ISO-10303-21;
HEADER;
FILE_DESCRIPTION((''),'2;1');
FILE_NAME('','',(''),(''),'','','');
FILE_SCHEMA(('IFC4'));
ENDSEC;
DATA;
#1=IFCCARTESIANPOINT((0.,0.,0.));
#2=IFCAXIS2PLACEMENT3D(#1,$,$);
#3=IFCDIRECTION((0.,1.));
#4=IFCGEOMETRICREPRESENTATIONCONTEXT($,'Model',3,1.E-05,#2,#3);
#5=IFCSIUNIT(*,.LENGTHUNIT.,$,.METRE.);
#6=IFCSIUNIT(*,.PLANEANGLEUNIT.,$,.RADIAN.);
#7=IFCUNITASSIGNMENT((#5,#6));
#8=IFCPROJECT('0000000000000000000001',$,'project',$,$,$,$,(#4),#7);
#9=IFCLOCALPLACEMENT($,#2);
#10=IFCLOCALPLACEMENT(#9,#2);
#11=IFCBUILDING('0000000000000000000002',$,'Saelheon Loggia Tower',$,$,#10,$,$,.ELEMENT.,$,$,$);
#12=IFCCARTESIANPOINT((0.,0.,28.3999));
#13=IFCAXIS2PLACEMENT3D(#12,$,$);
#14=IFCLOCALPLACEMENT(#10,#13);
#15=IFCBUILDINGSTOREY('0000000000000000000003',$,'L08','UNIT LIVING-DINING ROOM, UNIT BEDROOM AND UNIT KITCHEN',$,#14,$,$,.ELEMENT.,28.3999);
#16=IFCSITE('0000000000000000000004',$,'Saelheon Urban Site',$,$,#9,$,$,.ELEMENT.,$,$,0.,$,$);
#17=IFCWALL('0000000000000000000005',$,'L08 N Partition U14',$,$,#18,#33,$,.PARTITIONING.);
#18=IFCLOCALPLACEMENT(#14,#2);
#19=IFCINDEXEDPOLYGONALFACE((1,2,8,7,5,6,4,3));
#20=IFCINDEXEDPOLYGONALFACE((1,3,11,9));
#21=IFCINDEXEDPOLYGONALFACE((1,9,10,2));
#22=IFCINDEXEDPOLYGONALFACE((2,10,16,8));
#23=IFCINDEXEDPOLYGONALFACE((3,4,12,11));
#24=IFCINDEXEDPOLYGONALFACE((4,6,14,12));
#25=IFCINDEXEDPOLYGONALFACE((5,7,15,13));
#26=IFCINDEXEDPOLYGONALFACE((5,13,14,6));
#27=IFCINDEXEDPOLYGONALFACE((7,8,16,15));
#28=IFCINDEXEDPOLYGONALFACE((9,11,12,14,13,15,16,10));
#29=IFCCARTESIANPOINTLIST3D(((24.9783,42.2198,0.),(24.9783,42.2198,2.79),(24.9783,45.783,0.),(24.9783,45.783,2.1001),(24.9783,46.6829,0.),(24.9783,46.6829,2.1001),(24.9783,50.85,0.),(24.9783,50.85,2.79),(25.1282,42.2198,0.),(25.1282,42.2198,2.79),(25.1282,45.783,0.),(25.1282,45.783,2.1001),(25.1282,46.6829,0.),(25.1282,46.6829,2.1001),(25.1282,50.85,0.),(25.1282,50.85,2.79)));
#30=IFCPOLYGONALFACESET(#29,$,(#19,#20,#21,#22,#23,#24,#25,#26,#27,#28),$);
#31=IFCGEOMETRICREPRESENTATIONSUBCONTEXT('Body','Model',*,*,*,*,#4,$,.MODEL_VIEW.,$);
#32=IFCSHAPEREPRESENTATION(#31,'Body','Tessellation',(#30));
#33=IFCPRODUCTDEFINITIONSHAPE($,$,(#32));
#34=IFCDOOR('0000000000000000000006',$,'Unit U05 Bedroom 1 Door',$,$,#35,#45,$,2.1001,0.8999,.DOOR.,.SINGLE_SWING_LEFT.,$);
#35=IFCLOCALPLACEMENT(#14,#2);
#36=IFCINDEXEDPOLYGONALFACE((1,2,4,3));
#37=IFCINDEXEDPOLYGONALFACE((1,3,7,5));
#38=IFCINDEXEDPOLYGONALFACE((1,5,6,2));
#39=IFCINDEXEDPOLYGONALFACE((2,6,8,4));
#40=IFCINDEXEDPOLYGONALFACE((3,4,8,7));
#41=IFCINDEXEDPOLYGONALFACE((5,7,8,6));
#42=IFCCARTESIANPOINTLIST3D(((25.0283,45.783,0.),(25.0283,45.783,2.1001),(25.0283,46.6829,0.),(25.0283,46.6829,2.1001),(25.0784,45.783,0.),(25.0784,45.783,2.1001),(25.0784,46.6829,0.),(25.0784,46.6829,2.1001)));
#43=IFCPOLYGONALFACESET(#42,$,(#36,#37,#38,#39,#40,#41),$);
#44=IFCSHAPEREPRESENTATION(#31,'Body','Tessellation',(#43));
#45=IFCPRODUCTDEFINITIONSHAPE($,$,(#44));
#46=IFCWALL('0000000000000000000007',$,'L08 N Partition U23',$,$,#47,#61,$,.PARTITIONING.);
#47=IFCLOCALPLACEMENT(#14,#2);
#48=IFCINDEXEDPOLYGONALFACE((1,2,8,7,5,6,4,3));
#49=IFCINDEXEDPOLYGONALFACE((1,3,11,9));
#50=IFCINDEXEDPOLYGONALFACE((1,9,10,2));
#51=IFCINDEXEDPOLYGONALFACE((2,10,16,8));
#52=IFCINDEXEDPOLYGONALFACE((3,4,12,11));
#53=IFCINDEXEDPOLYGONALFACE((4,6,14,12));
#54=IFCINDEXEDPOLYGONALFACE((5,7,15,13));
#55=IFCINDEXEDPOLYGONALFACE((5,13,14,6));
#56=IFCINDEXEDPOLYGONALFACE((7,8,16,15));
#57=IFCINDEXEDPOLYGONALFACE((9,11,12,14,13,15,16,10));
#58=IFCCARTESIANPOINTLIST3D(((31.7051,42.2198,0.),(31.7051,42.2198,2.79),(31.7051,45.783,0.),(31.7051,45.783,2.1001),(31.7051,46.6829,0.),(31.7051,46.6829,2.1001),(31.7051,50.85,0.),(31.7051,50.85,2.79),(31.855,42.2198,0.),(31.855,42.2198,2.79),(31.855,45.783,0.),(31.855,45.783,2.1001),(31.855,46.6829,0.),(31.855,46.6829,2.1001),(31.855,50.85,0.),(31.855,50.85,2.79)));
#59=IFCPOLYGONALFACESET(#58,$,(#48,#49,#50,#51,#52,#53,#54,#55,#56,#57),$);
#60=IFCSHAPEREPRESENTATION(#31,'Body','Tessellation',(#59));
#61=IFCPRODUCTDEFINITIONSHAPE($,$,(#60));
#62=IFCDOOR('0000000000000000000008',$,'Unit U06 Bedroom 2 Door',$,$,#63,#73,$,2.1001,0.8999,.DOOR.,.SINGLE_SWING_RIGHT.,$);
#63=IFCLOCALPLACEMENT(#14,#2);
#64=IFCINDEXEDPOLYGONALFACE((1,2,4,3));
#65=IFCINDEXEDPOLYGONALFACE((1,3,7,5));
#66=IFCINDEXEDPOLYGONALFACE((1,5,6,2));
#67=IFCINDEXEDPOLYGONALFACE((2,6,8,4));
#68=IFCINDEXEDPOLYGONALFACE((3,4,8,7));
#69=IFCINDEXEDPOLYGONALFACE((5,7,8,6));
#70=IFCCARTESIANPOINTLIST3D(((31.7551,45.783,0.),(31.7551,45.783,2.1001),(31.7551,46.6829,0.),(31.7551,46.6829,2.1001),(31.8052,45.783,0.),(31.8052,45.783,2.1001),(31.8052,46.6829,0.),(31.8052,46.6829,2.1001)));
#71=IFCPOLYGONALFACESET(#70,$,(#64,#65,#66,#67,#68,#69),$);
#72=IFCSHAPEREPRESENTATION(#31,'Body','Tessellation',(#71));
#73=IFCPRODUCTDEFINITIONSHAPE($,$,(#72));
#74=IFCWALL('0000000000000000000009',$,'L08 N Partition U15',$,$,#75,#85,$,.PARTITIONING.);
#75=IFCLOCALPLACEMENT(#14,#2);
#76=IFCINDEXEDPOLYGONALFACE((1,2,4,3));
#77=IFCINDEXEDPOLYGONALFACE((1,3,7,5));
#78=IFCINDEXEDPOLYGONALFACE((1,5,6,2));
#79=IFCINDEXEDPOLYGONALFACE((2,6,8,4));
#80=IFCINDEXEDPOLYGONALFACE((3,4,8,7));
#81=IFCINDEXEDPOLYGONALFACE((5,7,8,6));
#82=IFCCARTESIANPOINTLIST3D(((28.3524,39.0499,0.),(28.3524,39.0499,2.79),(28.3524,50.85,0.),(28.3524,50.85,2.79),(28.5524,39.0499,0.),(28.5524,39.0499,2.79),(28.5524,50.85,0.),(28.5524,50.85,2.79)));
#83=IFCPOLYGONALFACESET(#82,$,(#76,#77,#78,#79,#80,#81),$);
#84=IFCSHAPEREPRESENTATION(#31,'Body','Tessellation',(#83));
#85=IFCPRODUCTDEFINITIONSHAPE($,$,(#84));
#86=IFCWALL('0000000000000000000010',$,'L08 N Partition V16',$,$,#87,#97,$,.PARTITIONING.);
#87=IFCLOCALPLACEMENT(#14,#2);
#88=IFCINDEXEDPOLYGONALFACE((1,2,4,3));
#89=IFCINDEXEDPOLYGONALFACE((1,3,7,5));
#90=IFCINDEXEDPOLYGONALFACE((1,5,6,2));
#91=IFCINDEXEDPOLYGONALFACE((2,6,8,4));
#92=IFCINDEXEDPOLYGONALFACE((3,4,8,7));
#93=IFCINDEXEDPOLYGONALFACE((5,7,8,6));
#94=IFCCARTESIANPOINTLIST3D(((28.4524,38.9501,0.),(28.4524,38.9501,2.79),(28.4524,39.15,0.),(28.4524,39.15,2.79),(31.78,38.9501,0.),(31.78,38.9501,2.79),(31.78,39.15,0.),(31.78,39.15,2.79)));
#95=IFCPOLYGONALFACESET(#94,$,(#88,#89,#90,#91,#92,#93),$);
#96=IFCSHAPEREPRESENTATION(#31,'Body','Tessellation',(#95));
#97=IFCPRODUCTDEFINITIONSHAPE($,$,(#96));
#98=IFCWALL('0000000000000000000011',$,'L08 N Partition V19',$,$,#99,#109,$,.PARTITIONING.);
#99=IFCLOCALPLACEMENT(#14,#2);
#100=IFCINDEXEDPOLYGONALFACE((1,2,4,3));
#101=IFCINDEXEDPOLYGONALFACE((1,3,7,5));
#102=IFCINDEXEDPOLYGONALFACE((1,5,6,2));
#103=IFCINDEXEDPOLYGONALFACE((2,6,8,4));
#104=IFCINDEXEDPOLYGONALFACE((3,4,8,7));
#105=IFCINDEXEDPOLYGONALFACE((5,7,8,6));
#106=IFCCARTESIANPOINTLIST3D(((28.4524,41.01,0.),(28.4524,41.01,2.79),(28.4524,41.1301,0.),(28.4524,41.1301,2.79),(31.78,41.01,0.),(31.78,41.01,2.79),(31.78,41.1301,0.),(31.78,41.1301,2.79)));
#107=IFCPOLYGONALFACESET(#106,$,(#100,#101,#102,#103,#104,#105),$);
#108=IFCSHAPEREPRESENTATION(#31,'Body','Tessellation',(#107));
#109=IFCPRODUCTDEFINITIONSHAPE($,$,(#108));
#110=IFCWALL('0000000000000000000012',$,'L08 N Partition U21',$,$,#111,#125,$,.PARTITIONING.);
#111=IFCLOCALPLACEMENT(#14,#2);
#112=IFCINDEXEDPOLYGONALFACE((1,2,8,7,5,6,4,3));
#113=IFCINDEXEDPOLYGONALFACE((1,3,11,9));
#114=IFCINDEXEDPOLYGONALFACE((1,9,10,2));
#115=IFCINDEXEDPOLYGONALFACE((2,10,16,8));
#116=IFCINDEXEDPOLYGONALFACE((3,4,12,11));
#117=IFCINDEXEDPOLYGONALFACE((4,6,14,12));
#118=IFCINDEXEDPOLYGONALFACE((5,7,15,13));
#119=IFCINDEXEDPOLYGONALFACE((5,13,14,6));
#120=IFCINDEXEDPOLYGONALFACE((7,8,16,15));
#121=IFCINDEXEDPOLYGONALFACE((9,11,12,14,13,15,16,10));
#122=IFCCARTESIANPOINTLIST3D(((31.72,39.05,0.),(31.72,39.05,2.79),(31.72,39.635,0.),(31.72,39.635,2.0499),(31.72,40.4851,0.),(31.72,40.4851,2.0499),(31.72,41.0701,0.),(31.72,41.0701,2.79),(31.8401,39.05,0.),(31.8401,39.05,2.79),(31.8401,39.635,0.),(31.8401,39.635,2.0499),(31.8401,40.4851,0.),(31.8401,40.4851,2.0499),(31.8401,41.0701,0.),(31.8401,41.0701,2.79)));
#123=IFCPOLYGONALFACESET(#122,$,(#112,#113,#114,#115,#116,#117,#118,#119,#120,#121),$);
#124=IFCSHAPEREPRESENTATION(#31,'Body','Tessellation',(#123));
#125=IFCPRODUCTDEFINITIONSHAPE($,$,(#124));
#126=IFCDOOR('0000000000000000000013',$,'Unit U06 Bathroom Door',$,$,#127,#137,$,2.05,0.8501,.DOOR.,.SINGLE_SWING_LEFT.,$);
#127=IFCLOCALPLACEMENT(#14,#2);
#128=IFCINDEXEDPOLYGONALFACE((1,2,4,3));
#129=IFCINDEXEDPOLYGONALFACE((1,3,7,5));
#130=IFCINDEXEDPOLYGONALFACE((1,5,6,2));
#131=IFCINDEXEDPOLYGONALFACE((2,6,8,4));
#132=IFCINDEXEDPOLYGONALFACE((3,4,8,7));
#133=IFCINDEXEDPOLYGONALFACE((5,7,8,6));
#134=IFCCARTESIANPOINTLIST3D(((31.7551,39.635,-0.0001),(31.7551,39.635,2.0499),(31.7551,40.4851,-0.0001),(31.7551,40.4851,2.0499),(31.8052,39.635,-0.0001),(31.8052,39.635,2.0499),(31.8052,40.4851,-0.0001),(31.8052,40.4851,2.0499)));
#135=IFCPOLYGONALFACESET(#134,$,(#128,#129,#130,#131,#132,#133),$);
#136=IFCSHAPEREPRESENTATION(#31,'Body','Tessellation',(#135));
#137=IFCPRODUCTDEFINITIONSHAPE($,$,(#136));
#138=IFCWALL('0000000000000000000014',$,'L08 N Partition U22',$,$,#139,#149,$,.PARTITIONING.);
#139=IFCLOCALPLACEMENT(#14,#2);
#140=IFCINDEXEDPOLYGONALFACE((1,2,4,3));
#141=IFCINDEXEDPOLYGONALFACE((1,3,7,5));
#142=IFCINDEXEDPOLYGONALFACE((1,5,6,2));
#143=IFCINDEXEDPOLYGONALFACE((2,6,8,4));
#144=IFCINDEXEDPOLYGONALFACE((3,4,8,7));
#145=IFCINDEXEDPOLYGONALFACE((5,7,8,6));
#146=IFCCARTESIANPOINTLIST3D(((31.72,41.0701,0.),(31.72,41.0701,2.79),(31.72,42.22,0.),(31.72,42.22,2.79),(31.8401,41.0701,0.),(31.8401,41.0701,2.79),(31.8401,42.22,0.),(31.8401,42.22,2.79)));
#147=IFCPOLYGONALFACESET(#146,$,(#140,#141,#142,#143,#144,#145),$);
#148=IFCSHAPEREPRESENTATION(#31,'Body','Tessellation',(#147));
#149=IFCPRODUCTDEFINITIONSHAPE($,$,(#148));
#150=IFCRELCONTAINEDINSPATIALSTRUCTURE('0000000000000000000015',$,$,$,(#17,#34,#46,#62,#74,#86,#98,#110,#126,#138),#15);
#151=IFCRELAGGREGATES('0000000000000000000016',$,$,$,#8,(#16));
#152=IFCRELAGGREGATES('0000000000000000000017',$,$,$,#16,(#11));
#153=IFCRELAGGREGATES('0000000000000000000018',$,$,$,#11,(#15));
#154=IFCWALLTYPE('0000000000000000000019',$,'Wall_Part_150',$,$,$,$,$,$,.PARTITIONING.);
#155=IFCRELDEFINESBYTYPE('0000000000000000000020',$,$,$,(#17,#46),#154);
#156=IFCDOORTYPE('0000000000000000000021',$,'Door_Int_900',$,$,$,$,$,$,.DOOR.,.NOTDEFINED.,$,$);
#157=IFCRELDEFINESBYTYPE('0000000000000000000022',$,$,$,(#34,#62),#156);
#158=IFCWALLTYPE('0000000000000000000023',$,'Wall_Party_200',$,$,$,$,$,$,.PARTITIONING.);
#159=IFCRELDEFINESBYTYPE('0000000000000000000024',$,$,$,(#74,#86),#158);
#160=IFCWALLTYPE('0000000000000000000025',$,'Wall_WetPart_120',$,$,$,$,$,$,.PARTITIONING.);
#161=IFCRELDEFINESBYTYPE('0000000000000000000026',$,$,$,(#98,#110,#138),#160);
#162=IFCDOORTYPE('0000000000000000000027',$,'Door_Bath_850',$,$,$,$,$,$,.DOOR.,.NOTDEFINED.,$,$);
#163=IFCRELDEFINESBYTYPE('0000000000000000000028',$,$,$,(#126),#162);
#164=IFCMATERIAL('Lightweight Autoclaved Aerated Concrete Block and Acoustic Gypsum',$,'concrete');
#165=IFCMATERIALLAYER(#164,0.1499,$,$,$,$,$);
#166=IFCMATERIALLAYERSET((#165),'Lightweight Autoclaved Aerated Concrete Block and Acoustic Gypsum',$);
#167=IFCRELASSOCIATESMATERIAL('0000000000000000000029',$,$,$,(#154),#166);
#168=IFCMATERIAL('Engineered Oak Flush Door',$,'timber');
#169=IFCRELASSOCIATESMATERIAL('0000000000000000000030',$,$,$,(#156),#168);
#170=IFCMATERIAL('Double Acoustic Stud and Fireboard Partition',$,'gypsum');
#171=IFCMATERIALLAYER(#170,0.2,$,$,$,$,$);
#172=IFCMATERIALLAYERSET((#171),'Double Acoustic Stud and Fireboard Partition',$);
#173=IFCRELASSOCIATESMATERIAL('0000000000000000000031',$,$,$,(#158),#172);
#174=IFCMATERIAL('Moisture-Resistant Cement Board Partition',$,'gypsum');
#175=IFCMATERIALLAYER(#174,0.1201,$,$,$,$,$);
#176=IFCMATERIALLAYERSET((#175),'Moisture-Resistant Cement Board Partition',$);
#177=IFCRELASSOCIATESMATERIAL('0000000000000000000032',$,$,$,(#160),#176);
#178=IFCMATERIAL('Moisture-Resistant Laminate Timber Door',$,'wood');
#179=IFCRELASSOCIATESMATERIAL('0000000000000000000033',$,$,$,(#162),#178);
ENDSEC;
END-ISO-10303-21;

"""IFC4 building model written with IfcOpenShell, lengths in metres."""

from ifc_helpers import new_model, si_unit, direction, frame, frame_2d, origin, place, context, subcontext, project, spatial, rectangle, extrude, source, transform, mapped, material, layer, layer_set, type_object, element, fill, save


model = new_model("IFC4")

# Units and contexts
model_context = context("Model", 3, precision=1e-05, world=origin(), true_north=direction((0.0, 1.0)))
body_context = subcontext(model_context, "Body", "Model", "MODEL_VIEW")
ifc_project = project(units=[si_unit("LENGTHUNIT", "METRE"), si_unit("PLANEANGLEUNIT", "RADIAN")], contexts=[model_context])

# Site, building, storey
site_placement = place(None, origin())
site = spatial("IfcSite", under=ifc_project, at=site_placement, Name="Saelheon Urban Site", CompositionType="ELEMENT", RefElevation=0.0)
building_placement = place(site_placement, origin())
building = spatial("IfcBuilding", under=site, at=building_placement, Name="Saelheon Loggia Tower", CompositionType="ELEMENT")
storey_placement = place(building_placement, frame((0.0, 0.0, 28.3999)))
storey = spatial("IfcBuildingStorey", under=building, at=storey_placement, Name="L08", Description="UNIT LIVING-DINING ROOM, UNIT BEDROOM AND UNIT KITCHEN", CompositionType="ELEMENT", Elevation=28.3999)

# Shared definitions
ifc_material_1 = material(Name="Lightweight Autoclaved Aerated Concrete Block and Acoustic Gypsum", Category="concrete")
ifc_layer_1 = layer(ifc_material_1, 0.1499)
ifc_layer_set_1 = layer_set([ifc_layer_1], Name="Lightweight Autoclaved Aerated Concrete Block and Acoustic Gypsum")
wall_type_1 = type_object("IfcWallType", Name="Wall_Part_150", PredefinedType="PARTITIONING", material=ifc_layer_set_1)

# Walls, openings, doors
ifc_material_2 = material(Name="Engineered Oak Flush Door", Category="timber")
door_type_1 = type_object("IfcDoorType", Name="Door_Int_900", OperationType="NOTDEFINED", PredefinedType="DOOR", material=ifc_material_2)
shared_shape_1 = source(origin(), body_context, "Body", "SweptSolid", [
    extrude(rectangle(XDim=0.8999, YDim=2.1001, at=frame_2d((0.45, 1.05))), frame((0.0, 0.0249, 0.0), z_axis=(0.0, -1.0, 0.0), x_axis=(1.0, 0.0, 0.0)), (0.0, 0.0, 1.0), 0.05),
])
wall_1_placement = place(storey_placement, frame((25.0532, 42.22, 0.0), z_axis=(0.0, 0.0, 1.0), x_axis=(0.0, 1.0, 0.0)))
wall_1 = element("IfcWall", 1, at=wall_1_placement, inside=storey, type_object=wall_type_1, Name="L08 N Partition U14", PredefinedType="PARTITIONING", context=body_context, shape_type="SweptSolid", body=[
    extrude(rectangle(XDim=8.6301, YDim=0.1499, at=frame_2d((4.3149, 0.0))), origin(), (0.0, 0.0, 1.0), 2.79),
])
opening_1_placement = place(wall_1_placement, frame((3.563, 0.0, 0.0)))
opening_1 = element("IfcOpeningElement", 2, at=opening_1_placement, cuts=wall_1, PredefinedType="OPENING", context=body_context, shape_type="SweptSolid", body=[
    extrude(rectangle(XDim=0.8999, YDim=2.1001, at=frame_2d((0.45, 1.05))), frame((0.0, 0.0869, 0.0), z_axis=(0.0, -1.0, 0.0), x_axis=(1.0, 0.0, 0.0)), (0.0, 0.0, 1.0), 0.1738),
])
door_1_placement = place(opening_1_placement, origin())
door_1 = element("IfcDoor", 3, at=door_1_placement, inside=storey, type_object=door_type_1, Name="Unit U05 Bedroom 1 Door", OperationType="SINGLE_SWING_LEFT", OverallHeight=2.1001, OverallWidth=0.8999, PredefinedType="DOOR", context=body_context, shape_type="MappedRepresentation", body=[
    mapped(shared_shape_1, transform((0.0, 0.0, 0.0), scale=1.0)),
])
fill(opening_1, door_1)
wall_2_placement = place(storey_placement, frame((31.78, 42.22, 0.0), z_axis=(0.0, 0.0, 1.0), x_axis=(0.0, 1.0, 0.0)))
wall_2 = element("IfcWall", 4, at=wall_2_placement, inside=storey, type_object=wall_type_1, Name="L08 N Partition U23", PredefinedType="PARTITIONING", context=body_context, shape_type="SweptSolid", body=[
    extrude(rectangle(XDim=8.6301, YDim=0.1499, at=frame_2d((4.3149, 0.0))), origin(), (0.0, 0.0, 1.0), 2.79),
])
opening_2_placement = place(wall_2_placement, frame((3.563, 0.0, 0.0)))
opening_2 = element("IfcOpeningElement", 5, at=opening_2_placement, cuts=wall_2, PredefinedType="OPENING", context=body_context, shape_type="SweptSolid", body=[
    extrude(rectangle(XDim=0.8999, YDim=2.1001, at=frame_2d((0.45, 1.05))), frame((0.0, 0.0869, 0.0), z_axis=(0.0, -1.0, 0.0), x_axis=(1.0, 0.0, 0.0)), (0.0, 0.0, 1.0), 0.1738),
])
door_2_placement = place(opening_2_placement, origin())
door_2 = element("IfcDoor", 6, at=door_2_placement, inside=storey, type_object=door_type_1, Name="Unit U06 Bedroom 2 Door", OperationType="SINGLE_SWING_RIGHT", OverallHeight=2.1001, OverallWidth=0.8999, PredefinedType="DOOR", context=body_context, shape_type="MappedRepresentation", body=[
    mapped(shared_shape_1, transform((0.0, 0.0, 0.0), scale=1.0)),
])
fill(opening_2, door_2)

# Walls
ifc_material_3 = material(Name="Double Acoustic Stud and Fireboard Partition", Category="gypsum")
ifc_layer_2 = layer(ifc_material_3, 0.2)
ifc_layer_set_2 = layer_set([ifc_layer_2], Name="Double Acoustic Stud and Fireboard Partition")
wall_type_2 = type_object("IfcWallType", Name="Wall_Party_200", PredefinedType="PARTITIONING", material=ifc_layer_set_2)
wall_3_placement = place(storey_placement, frame((28.4524, 39.05, 0.0), z_axis=(0.0, 0.0, 1.0), x_axis=(0.0, 1.0, 0.0)))
element("IfcWall", 7, at=wall_3_placement, inside=storey, type_object=wall_type_2, Name="L08 N Partition U15", PredefinedType="PARTITIONING", context=body_context, shape_type="SweptSolid", body=[
    extrude(rectangle(XDim=11.8, YDim=0.2, at=frame_2d((5.8999, 0.0))), origin(), (0.0, 0.0, 1.0), 2.79),
])
wall_4_placement = place(storey_placement, frame((28.4524, 39.05, 0.0), z_axis=(0.0, 0.0, 1.0), x_axis=(1.0, 0.0, 0.0)))
element("IfcWall", 8, at=wall_4_placement, inside=storey, type_object=wall_type_2, Name="L08 N Partition V16", PredefinedType="PARTITIONING", context=body_context, shape_type="SweptSolid", body=[
    extrude(rectangle(XDim=3.3276, YDim=0.2, at=frame_2d((1.6638, 0.0))), origin(), (0.0, 0.0, 1.0), 2.79),
])

# Wall
ifc_material_4 = material(Name="Moisture-Resistant Cement Board Partition", Category="gypsum")
ifc_layer_3 = layer(ifc_material_4, 0.1201)
ifc_layer_set_3 = layer_set([ifc_layer_3], Name="Moisture-Resistant Cement Board Partition")
wall_type_3 = type_object("IfcWallType", Name="Wall_WetPart_120", PredefinedType="PARTITIONING", material=ifc_layer_set_3)
wall_5_placement = place(storey_placement, frame((28.4524, 41.0701, 0.0), z_axis=(0.0, 0.0, 1.0), x_axis=(1.0, 0.0, 0.0)))
element("IfcWall", 9, at=wall_5_placement, inside=storey, type_object=wall_type_3, Name="L08 N Partition V19", PredefinedType="PARTITIONING", context=body_context, shape_type="SweptSolid", body=[
    extrude(rectangle(XDim=3.3276, YDim=0.1201, at=frame_2d((1.6638, 0.0))), origin(), (0.0, 0.0, 1.0), 2.79),
])

# Wall, opening, door
wall_6_placement = place(storey_placement, frame((31.78, 39.05, 0.0), z_axis=(0.0, 0.0, 1.0), x_axis=(0.0, 1.0, 0.0)))
wall_6 = element("IfcWall", 10, at=wall_6_placement, inside=storey, type_object=wall_type_3, Name="L08 N Partition U21", PredefinedType="PARTITIONING", context=body_context, shape_type="SweptSolid", body=[
    extrude(rectangle(XDim=2.02, YDim=0.1201, at=frame_2d((1.01, 0.0))), origin(), (0.0, 0.0, 1.0), 2.79),
])
opening_3_placement = place(wall_6_placement, frame((0.585, 0.0, 0.0)))
opening_3 = element("IfcOpeningElement", 11, at=opening_3_placement, cuts=wall_6, PredefinedType="OPENING", context=body_context, shape_type="SweptSolid", body=[
    extrude(rectangle(XDim=0.8501, YDim=2.05, at=frame_2d((0.425, 1.0249))), frame((0.0, 0.072, 0.0), z_axis=(0.0, -1.0, 0.0), x_axis=(1.0, 0.0, 0.0)), (0.0, 0.0, 1.0), 0.144),
])
ifc_material_5 = material(Name="Moisture-Resistant Laminate Timber Door", Category="wood")
door_type_2 = type_object("IfcDoorType", Name="Door_Bath_850", OperationType="NOTDEFINED", PredefinedType="DOOR", material=ifc_material_5)
shared_shape_2 = source(origin(), body_context, "Body", "SweptSolid", [
    extrude(rectangle(XDim=0.8501, YDim=2.05, at=frame_2d((0.425, 1.0249))), frame((0.0, 0.0249, 0.0), z_axis=(0.0, -1.0, 0.0), x_axis=(1.0, 0.0, 0.0)), (0.0, 0.0, 1.0), 0.05),
])
door_3_placement = place(opening_3_placement, origin())
door_3 = element("IfcDoor", 12, at=door_3_placement, inside=storey, type_object=door_type_2, Name="Unit U06 Bathroom Door", OperationType="SINGLE_SWING_LEFT", OverallHeight=2.05, OverallWidth=0.8501, PredefinedType="DOOR", context=body_context, shape_type="MappedRepresentation", body=[
    mapped(shared_shape_2, transform((0.0, 0.0, 0.0), scale=1.0)),
])
fill(opening_3, door_3)

# Wall
wall_7_placement = place(storey_placement, frame((31.78, 41.0701, 0.0), z_axis=(0.0, 0.0, 1.0), x_axis=(0.0, 1.0, 0.0)))
element("IfcWall", 13, at=wall_7_placement, inside=storey, type_object=wall_type_3, Name="L08 N Partition U22", PredefinedType="PARTITIONING", context=body_context, shape_type="SweptSolid", body=[
    extrude(rectangle(XDim=1.1499, YDim=0.1201, at=frame_2d((0.575, 0.0))), origin(), (0.0, 0.0, 1.0), 2.79),
])

save(model, "model.ifc")
